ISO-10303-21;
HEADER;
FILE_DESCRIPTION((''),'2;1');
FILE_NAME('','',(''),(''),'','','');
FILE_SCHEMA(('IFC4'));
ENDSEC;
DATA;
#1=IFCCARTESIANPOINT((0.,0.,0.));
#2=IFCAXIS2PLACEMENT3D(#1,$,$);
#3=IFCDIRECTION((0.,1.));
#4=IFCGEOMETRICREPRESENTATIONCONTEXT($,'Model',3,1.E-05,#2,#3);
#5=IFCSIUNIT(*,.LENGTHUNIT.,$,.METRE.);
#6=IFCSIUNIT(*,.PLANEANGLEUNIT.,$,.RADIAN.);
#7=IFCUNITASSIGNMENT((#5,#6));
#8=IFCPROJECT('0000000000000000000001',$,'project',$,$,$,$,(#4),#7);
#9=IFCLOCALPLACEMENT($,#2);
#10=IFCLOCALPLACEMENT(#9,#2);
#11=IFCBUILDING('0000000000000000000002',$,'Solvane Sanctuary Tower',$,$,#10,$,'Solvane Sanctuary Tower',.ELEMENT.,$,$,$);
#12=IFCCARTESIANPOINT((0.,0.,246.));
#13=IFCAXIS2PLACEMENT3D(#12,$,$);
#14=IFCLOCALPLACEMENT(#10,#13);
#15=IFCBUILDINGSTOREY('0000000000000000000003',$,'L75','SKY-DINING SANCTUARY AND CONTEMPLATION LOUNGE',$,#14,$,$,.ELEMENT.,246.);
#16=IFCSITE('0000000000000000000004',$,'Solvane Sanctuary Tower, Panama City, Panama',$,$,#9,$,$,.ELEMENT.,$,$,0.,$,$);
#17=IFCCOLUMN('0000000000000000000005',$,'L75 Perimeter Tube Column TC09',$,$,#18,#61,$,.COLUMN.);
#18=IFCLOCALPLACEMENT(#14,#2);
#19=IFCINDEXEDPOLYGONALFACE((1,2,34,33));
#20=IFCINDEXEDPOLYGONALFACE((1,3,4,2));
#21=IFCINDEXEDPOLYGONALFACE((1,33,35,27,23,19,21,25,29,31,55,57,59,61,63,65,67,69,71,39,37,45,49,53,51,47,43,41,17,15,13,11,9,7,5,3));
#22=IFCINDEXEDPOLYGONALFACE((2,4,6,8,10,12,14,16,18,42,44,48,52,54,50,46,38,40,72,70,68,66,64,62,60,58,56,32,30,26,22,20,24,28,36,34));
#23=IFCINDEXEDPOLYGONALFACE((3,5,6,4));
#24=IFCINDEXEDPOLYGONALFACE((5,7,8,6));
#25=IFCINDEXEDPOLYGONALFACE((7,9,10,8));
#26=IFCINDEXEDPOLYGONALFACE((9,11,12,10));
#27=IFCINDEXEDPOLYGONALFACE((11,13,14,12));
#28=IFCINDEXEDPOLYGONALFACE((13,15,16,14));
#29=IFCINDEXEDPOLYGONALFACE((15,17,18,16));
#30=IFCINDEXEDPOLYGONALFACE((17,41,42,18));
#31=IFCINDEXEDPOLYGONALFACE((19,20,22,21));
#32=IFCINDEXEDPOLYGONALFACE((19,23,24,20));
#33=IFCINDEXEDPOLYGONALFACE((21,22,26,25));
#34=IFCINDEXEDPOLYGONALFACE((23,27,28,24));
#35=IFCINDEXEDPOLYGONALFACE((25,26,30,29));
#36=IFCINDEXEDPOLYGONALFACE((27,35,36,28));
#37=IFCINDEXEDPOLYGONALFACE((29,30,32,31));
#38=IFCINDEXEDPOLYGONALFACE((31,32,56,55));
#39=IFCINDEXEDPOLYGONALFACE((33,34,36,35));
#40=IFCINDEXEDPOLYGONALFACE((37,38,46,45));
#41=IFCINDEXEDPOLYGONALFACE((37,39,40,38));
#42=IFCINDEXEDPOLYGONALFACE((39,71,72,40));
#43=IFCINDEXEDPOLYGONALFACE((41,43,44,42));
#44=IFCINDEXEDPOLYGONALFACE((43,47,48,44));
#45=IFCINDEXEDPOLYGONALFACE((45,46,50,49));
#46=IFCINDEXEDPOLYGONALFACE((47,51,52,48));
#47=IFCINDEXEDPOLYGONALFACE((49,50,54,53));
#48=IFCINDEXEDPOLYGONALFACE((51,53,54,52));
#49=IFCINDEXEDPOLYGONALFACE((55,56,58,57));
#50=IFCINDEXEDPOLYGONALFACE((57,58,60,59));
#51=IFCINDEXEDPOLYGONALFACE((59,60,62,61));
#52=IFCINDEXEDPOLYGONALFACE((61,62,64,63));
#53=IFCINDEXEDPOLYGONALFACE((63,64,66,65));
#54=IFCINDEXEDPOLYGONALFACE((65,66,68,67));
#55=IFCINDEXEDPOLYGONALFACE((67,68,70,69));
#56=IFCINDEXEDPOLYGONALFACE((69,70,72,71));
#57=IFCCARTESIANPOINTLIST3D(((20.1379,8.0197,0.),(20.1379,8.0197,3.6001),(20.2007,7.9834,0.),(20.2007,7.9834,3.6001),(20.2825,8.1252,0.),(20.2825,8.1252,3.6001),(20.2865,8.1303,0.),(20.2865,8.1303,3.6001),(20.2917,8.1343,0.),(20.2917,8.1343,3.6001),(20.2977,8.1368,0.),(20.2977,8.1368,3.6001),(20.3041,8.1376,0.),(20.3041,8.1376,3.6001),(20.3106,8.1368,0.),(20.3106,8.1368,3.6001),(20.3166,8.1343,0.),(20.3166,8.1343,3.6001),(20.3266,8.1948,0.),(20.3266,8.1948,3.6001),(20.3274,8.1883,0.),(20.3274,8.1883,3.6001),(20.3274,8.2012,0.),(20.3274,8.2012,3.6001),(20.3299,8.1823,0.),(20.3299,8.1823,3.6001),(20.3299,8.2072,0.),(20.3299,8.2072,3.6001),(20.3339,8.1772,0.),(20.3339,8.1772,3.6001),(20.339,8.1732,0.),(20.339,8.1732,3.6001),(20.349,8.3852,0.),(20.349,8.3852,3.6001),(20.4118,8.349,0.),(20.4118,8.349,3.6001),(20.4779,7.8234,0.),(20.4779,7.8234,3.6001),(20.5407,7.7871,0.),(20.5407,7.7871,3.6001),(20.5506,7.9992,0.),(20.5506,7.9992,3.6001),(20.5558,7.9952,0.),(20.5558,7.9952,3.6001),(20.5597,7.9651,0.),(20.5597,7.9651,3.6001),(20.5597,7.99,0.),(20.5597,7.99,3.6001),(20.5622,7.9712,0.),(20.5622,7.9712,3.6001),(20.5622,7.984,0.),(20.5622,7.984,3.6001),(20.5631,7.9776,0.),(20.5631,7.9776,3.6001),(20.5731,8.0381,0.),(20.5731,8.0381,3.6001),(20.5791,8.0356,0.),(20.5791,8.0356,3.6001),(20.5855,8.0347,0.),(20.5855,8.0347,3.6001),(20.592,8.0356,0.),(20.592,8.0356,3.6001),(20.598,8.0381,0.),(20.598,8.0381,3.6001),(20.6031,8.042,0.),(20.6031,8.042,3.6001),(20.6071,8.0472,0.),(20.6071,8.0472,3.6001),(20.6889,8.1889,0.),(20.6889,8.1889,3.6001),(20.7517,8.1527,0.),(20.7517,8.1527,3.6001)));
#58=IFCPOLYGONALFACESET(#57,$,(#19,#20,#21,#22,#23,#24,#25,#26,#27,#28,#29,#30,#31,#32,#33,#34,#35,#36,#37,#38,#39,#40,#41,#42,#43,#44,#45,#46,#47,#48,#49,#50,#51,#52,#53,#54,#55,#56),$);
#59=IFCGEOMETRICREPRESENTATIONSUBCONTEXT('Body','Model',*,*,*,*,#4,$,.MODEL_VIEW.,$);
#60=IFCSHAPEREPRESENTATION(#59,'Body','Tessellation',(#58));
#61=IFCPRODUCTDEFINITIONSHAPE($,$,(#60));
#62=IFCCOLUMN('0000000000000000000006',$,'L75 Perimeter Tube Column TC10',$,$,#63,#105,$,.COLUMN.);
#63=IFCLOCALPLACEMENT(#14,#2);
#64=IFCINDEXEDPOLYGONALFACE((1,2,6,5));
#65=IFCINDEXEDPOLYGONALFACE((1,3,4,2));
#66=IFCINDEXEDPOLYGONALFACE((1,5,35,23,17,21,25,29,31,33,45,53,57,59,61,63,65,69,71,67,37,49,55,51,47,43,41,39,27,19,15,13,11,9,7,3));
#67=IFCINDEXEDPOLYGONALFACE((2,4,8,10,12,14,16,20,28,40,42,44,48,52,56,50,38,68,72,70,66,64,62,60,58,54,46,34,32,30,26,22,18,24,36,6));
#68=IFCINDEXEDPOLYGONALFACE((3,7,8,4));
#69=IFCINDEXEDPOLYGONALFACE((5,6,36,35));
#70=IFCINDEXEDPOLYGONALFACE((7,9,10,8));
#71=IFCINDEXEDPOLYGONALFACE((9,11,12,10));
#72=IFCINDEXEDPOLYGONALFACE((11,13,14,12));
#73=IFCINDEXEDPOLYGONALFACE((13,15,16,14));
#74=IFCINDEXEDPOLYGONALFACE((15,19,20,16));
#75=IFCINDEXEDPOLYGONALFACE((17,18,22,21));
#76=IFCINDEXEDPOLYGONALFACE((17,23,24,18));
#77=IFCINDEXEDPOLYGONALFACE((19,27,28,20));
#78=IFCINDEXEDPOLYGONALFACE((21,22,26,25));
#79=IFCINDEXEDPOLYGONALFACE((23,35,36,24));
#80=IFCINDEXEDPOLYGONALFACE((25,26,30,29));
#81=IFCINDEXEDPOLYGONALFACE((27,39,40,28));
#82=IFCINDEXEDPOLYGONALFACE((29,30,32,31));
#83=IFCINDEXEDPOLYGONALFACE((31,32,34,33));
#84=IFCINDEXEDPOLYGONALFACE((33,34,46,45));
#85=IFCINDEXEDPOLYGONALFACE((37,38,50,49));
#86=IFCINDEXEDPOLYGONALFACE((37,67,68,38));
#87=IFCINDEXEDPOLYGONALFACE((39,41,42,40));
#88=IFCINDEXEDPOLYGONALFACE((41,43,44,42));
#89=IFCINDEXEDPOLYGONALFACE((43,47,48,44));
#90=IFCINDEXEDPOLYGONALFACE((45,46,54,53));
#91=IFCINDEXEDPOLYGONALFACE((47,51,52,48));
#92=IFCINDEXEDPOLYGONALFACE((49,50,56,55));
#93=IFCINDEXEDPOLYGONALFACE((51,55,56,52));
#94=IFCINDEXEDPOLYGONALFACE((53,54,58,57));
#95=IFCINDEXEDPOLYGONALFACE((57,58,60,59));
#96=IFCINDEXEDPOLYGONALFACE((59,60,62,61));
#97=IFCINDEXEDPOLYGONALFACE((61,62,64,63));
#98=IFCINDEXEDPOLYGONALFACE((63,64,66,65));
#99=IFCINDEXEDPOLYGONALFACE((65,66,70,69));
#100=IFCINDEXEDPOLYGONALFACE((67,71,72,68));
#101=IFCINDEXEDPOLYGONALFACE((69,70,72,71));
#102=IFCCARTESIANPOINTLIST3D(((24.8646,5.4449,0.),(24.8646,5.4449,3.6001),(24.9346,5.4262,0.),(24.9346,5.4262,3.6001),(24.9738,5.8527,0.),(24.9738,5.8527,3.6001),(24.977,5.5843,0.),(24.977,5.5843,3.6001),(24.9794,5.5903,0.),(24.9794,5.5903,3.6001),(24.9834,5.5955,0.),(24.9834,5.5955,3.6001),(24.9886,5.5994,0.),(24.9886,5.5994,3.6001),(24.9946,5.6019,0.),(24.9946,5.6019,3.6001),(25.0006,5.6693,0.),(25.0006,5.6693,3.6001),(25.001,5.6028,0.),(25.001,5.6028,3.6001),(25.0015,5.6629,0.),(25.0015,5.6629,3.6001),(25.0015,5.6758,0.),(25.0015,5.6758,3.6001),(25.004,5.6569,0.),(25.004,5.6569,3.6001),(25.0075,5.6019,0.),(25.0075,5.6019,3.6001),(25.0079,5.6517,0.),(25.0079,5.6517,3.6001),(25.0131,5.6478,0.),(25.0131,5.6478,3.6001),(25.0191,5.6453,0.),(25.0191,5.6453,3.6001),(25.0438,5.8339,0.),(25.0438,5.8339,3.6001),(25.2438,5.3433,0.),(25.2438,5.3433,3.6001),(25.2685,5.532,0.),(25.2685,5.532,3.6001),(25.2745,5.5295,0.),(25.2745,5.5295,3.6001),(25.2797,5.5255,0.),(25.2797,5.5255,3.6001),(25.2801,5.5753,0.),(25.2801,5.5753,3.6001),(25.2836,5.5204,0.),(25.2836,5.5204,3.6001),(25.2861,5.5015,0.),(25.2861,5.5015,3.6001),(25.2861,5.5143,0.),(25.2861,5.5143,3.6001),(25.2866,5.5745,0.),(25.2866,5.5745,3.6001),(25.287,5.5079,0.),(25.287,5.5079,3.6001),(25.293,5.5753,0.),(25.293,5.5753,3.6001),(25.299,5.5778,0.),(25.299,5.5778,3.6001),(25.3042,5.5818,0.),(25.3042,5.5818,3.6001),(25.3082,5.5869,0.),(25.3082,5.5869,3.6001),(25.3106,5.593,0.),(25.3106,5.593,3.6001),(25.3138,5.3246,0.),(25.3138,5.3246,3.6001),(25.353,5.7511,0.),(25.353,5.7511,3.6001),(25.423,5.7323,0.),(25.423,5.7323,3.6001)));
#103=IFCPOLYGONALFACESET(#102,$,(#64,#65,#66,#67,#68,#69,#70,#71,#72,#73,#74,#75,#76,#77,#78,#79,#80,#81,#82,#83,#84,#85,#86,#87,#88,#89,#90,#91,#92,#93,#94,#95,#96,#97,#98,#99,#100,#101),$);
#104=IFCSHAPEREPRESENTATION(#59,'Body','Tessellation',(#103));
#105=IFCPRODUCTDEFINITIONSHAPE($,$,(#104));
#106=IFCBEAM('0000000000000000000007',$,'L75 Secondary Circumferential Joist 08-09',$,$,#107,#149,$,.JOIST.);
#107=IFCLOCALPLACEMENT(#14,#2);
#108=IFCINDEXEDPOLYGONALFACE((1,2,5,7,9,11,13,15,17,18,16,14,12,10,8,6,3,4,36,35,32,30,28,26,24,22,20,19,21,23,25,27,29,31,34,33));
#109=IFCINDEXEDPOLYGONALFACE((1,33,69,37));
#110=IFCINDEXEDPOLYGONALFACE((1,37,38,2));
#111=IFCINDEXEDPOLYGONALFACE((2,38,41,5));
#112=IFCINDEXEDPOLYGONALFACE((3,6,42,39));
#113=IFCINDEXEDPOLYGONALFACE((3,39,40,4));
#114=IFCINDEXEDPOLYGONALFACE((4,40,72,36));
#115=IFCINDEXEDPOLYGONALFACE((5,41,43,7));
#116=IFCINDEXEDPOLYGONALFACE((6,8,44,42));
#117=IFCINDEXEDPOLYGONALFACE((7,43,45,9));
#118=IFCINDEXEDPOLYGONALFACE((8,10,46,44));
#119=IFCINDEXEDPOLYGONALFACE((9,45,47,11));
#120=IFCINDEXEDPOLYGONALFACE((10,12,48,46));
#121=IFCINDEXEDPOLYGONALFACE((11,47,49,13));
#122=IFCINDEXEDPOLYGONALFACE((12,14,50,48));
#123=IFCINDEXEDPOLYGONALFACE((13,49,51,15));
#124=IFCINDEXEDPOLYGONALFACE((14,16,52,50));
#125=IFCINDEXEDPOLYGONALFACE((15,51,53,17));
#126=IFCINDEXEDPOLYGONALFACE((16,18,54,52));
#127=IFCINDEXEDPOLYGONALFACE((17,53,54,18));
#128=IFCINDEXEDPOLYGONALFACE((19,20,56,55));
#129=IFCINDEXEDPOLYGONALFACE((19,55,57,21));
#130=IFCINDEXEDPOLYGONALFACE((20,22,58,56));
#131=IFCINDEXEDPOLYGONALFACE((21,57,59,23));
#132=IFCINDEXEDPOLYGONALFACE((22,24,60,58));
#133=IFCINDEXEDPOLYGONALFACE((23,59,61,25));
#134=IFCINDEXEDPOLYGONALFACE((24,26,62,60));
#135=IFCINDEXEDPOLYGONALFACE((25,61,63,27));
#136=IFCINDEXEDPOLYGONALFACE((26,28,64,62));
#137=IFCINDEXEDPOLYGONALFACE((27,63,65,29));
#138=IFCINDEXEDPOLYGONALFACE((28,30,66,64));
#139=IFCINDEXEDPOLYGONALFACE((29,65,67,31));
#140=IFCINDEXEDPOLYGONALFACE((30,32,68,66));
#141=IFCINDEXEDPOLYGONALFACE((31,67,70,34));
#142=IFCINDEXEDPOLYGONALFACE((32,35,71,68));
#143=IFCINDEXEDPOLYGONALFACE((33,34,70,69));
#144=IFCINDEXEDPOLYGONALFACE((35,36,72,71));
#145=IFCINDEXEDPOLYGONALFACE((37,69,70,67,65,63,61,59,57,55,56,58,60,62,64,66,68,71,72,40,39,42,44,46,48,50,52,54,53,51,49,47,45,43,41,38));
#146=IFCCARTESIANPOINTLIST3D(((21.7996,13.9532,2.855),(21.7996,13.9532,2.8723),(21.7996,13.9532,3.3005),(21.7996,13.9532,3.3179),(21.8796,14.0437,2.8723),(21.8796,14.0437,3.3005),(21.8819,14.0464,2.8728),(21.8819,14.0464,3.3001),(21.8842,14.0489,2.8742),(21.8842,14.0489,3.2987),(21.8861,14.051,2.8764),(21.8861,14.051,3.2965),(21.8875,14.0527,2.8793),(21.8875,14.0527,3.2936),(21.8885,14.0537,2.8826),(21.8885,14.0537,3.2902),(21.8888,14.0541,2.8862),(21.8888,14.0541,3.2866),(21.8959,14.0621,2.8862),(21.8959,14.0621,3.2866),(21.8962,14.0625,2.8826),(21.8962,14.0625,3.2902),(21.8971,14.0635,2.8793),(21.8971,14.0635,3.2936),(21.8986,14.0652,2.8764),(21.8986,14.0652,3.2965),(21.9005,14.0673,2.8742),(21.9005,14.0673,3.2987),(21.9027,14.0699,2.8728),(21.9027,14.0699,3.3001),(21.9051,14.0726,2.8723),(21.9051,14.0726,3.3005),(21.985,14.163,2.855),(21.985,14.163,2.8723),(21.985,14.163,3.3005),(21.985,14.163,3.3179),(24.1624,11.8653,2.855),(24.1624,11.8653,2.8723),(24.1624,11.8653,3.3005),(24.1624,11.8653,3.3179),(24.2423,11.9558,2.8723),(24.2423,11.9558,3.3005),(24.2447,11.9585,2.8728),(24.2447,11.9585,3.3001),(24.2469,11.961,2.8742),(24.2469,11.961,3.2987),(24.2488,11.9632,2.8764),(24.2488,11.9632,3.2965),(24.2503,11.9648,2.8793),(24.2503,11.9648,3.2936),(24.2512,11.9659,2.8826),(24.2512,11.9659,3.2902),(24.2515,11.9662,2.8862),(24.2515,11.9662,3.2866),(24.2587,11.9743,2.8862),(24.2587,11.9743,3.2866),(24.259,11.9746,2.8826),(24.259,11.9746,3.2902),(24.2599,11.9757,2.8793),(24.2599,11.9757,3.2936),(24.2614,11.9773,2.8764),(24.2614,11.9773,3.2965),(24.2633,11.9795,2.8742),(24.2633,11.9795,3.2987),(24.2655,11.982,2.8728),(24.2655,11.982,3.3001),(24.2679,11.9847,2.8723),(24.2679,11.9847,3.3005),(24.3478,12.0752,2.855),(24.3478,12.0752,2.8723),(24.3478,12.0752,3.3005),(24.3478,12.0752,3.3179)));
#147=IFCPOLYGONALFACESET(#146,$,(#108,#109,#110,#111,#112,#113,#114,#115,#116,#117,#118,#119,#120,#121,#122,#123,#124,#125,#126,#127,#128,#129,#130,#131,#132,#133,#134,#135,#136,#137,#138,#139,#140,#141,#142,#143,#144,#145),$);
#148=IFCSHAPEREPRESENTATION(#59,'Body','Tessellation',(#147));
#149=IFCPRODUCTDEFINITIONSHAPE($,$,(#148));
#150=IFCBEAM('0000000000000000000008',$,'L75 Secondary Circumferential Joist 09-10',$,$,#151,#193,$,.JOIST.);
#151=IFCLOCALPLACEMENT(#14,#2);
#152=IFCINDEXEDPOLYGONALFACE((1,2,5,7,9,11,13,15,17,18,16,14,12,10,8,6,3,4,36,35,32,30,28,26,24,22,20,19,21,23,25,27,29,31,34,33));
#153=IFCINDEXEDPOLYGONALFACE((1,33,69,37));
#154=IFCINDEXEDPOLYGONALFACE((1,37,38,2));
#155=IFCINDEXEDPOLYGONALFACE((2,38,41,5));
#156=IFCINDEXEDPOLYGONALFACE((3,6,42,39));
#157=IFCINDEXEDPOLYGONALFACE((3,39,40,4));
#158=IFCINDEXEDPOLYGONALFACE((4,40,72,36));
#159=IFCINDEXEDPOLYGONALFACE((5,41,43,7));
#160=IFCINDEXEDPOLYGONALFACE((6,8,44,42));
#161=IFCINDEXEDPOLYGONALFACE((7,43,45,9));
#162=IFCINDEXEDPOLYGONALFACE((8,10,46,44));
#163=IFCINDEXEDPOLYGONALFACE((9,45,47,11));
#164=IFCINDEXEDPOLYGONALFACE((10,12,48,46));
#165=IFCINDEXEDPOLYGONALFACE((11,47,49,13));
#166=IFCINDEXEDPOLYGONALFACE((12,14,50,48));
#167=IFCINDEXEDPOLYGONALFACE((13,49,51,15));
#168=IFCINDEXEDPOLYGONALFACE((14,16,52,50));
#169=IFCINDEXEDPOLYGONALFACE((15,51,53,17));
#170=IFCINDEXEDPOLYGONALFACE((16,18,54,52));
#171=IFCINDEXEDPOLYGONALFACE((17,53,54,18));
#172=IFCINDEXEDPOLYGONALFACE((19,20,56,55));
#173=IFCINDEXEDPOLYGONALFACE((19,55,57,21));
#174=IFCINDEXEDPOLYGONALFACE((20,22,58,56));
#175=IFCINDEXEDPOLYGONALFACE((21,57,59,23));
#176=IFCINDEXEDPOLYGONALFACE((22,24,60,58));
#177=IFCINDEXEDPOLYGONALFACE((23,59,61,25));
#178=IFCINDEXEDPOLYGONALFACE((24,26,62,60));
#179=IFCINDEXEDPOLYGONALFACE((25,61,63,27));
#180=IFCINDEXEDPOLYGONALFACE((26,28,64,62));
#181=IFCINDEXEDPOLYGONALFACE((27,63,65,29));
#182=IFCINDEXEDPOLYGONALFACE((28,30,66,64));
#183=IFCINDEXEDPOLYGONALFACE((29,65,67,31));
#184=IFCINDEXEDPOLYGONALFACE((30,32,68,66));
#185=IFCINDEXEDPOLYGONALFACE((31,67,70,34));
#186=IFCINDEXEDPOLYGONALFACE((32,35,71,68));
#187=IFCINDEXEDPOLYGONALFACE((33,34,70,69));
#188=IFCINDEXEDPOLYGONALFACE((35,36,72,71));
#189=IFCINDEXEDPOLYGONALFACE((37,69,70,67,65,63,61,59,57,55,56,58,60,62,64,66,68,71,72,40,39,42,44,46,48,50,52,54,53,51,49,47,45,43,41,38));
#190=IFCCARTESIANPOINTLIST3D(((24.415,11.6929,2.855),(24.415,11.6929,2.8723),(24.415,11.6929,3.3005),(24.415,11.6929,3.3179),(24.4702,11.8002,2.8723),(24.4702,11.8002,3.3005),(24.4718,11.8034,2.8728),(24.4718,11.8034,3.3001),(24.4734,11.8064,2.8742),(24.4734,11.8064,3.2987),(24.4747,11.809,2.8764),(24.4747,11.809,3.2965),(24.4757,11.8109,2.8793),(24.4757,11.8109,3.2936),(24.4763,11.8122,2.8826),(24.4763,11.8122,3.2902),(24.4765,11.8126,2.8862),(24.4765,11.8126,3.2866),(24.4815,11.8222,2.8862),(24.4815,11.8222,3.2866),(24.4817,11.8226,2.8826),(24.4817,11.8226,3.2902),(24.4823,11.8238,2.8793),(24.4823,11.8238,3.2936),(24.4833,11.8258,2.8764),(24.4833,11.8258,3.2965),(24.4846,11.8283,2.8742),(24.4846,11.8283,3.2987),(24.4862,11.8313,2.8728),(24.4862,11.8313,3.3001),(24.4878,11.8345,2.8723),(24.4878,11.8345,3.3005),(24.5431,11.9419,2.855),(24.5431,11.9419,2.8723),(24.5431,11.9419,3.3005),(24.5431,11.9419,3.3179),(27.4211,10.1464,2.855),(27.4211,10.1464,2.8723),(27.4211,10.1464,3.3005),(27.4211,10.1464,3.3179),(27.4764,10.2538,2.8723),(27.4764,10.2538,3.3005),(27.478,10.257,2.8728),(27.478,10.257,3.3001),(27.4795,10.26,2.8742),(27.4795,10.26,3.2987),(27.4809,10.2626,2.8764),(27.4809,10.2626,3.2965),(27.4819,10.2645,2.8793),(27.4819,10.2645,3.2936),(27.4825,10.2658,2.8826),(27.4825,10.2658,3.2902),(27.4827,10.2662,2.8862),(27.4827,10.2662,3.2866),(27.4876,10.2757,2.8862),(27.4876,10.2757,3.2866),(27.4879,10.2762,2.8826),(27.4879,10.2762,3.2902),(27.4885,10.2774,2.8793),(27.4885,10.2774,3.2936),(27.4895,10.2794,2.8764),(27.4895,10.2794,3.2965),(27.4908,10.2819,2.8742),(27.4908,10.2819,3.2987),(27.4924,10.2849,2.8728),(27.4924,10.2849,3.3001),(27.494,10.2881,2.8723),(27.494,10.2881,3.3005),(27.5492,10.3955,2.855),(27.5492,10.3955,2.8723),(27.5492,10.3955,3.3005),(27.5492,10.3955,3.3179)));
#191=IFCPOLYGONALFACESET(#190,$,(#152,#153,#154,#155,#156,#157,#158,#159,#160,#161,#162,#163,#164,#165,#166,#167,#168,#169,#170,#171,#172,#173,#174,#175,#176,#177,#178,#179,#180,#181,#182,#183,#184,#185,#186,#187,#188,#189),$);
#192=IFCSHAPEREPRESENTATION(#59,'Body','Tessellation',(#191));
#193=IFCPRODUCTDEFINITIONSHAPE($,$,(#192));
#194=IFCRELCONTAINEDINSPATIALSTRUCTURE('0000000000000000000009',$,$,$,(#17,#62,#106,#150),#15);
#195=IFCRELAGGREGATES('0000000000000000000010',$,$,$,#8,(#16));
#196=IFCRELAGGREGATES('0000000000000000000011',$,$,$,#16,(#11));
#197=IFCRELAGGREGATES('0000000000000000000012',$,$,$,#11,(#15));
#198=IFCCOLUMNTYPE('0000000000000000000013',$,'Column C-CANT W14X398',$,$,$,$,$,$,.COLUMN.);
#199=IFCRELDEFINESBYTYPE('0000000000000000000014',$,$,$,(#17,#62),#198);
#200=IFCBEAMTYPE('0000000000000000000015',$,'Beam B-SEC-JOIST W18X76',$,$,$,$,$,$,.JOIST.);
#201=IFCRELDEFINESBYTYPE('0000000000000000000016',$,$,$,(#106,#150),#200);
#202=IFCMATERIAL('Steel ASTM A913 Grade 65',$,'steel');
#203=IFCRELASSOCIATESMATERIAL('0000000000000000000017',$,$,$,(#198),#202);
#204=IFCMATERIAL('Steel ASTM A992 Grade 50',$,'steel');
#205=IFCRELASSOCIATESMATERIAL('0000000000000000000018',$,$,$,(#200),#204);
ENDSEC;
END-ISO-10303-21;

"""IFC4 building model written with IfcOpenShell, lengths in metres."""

from ifc_helpers import new_model, si_unit, direction, frame, origin, origin_2d, place, context, subcontext, project, spatial, i_section, extrude, material, material_profile, profile_set, type_object, element, save


model = new_model("IFC4")

# Units and contexts
model_context = context("Model", 3, precision=1e-05, world=origin(), true_north=direction((0.0, 1.0)))
body_context = subcontext(model_context, "Body", "Model", "MODEL_VIEW")
ifc_project = project(units=[si_unit("LENGTHUNIT", "METRE"), si_unit("PLANEANGLEUNIT", "RADIAN")], contexts=[model_context])

# Site, building, storey
site_placement = place(None, origin())
site = spatial("IfcSite", under=ifc_project, at=site_placement, Name="Solvane Sanctuary Tower, Panama City, Panama", CompositionType="ELEMENT", RefElevation=0.0)
building_placement = place(site_placement, origin())
building = spatial("IfcBuilding", under=site, at=building_placement, Name="Solvane Sanctuary Tower", LongName="Solvane Sanctuary Tower", CompositionType="ELEMENT")
storey_placement = place(building_placement, frame((0.0, 0.0, 246.0)))
storey = spatial("IfcBuildingStorey", under=building, at=storey_placement, Name="L75", Description="SKY-DINING SANCTUARY AND CONTEMPLATION LOUNGE", CompositionType="ELEMENT", Elevation=246.0)

# Columns
ifc_material_1 = material(Name="Steel ASTM A913 Grade 65", Category="steel")
ifc_material_profile_1 = material_profile(ifc_material_1, i_section(OverallWidth=0.4221, OverallDepth=0.4651, WebThickness=0.0449, FlangeThickness=0.0725, FilletRadius=0.0249, at=origin_2d()), Name="W14X398")
ifc_profile_set_1 = profile_set([ifc_material_profile_1], Name="Steel ASTM A913 Grade 65")
column_type = type_object("IfcColumnType", Name="Column C-CANT W14X398", PredefinedType="COLUMN", material=ifc_profile_set_1)
for number, where, z_axis, x_axis, name in (
    (1, (20.4448, 8.0862, 0.0), (0.0, 0.0, 1.0), (-0.5, -0.866025, 0.0), "L75 Perimeter Tube Column TC09"),
    (2, (25.1438, 5.5886, 0.0), (0.0, 0.0, 1.0), (-0.258819, -0.965926, 0.0), "L75 Perimeter Tube Column TC10"),
):
    element("IfcColumn", number, at=place(storey_placement, frame(where, z_axis=z_axis, x_axis=x_axis)), inside=storey, type_object=column_type, Name=name, PredefinedType="COLUMN", context=body_context, shape_type="SweptSolid", body=[
        extrude(i_section(OverallWidth=0.4221, OverallDepth=0.4651, WebThickness=0.0449, FlangeThickness=0.0725, FilletRadius=0.0249, at=origin_2d()), origin(), (0.0, 0.0, 1.0), 3.6001),
    ])

# Beams
ifc_material_2 = material(Name="Steel ASTM A992 Grade 50", Category="steel")
ifc_material_profile_2 = material_profile(ifc_material_2, i_section(OverallWidth=0.28, OverallDepth=0.4629, WebThickness=0.0107, FlangeThickness=0.0173, FilletRadius=0.0139, at=origin_2d()), Name="W18X76")
ifc_profile_set_2 = profile_set([ifc_material_profile_2], Name="Steel ASTM A992 Grade 50")
beam_type_1 = type_object("IfcBeamType", Name="Beam B-SEC-JOIST W18X76", PredefinedType="JOIST", material=ifc_profile_set_2)
beam_1_placement = place(storey_placement, frame((21.8923, 14.0581, 3.0864), z_axis=(0.749354, -0.662169, 0.0), x_axis=(0.662169, 0.749354, 0.0)))
element("IfcBeam", 3, at=beam_1_placement, inside=storey, type_object=beam_type_1, Name="L75 Secondary Circumferential Joist 08-09", PredefinedType="JOIST", context=body_context, shape_type="SweptSolid", body=[
    extrude(i_section(OverallWidth=0.28, OverallDepth=0.4629, WebThickness=0.0107, FlangeThickness=0.0173, FilletRadius=0.0139, at=origin_2d()), origin(), (0.0, 0.0, 1.0), 3.1531),
])
beam_2_placement = place(storey_placement, frame((24.479, 11.8174, 3.0864), z_axis=(0.889241, -0.457439, 0.0), x_axis=(0.457439, 0.889241, 0.0)))
element("IfcBeam", 4, at=beam_2_placement, inside=storey, type_object=beam_type_1, Name="L75 Secondary Circumferential Joist 09-10", PredefinedType="JOIST", context=body_context, shape_type="SweptSolid", body=[
    extrude(i_section(OverallWidth=0.28, OverallDepth=0.4629, WebThickness=0.0107, FlangeThickness=0.0173, FilletRadius=0.0139, at=origin_2d()), origin(), (0.0, 0.0, 1.0), 3.3806),
])

save(model, "model.ifc")
